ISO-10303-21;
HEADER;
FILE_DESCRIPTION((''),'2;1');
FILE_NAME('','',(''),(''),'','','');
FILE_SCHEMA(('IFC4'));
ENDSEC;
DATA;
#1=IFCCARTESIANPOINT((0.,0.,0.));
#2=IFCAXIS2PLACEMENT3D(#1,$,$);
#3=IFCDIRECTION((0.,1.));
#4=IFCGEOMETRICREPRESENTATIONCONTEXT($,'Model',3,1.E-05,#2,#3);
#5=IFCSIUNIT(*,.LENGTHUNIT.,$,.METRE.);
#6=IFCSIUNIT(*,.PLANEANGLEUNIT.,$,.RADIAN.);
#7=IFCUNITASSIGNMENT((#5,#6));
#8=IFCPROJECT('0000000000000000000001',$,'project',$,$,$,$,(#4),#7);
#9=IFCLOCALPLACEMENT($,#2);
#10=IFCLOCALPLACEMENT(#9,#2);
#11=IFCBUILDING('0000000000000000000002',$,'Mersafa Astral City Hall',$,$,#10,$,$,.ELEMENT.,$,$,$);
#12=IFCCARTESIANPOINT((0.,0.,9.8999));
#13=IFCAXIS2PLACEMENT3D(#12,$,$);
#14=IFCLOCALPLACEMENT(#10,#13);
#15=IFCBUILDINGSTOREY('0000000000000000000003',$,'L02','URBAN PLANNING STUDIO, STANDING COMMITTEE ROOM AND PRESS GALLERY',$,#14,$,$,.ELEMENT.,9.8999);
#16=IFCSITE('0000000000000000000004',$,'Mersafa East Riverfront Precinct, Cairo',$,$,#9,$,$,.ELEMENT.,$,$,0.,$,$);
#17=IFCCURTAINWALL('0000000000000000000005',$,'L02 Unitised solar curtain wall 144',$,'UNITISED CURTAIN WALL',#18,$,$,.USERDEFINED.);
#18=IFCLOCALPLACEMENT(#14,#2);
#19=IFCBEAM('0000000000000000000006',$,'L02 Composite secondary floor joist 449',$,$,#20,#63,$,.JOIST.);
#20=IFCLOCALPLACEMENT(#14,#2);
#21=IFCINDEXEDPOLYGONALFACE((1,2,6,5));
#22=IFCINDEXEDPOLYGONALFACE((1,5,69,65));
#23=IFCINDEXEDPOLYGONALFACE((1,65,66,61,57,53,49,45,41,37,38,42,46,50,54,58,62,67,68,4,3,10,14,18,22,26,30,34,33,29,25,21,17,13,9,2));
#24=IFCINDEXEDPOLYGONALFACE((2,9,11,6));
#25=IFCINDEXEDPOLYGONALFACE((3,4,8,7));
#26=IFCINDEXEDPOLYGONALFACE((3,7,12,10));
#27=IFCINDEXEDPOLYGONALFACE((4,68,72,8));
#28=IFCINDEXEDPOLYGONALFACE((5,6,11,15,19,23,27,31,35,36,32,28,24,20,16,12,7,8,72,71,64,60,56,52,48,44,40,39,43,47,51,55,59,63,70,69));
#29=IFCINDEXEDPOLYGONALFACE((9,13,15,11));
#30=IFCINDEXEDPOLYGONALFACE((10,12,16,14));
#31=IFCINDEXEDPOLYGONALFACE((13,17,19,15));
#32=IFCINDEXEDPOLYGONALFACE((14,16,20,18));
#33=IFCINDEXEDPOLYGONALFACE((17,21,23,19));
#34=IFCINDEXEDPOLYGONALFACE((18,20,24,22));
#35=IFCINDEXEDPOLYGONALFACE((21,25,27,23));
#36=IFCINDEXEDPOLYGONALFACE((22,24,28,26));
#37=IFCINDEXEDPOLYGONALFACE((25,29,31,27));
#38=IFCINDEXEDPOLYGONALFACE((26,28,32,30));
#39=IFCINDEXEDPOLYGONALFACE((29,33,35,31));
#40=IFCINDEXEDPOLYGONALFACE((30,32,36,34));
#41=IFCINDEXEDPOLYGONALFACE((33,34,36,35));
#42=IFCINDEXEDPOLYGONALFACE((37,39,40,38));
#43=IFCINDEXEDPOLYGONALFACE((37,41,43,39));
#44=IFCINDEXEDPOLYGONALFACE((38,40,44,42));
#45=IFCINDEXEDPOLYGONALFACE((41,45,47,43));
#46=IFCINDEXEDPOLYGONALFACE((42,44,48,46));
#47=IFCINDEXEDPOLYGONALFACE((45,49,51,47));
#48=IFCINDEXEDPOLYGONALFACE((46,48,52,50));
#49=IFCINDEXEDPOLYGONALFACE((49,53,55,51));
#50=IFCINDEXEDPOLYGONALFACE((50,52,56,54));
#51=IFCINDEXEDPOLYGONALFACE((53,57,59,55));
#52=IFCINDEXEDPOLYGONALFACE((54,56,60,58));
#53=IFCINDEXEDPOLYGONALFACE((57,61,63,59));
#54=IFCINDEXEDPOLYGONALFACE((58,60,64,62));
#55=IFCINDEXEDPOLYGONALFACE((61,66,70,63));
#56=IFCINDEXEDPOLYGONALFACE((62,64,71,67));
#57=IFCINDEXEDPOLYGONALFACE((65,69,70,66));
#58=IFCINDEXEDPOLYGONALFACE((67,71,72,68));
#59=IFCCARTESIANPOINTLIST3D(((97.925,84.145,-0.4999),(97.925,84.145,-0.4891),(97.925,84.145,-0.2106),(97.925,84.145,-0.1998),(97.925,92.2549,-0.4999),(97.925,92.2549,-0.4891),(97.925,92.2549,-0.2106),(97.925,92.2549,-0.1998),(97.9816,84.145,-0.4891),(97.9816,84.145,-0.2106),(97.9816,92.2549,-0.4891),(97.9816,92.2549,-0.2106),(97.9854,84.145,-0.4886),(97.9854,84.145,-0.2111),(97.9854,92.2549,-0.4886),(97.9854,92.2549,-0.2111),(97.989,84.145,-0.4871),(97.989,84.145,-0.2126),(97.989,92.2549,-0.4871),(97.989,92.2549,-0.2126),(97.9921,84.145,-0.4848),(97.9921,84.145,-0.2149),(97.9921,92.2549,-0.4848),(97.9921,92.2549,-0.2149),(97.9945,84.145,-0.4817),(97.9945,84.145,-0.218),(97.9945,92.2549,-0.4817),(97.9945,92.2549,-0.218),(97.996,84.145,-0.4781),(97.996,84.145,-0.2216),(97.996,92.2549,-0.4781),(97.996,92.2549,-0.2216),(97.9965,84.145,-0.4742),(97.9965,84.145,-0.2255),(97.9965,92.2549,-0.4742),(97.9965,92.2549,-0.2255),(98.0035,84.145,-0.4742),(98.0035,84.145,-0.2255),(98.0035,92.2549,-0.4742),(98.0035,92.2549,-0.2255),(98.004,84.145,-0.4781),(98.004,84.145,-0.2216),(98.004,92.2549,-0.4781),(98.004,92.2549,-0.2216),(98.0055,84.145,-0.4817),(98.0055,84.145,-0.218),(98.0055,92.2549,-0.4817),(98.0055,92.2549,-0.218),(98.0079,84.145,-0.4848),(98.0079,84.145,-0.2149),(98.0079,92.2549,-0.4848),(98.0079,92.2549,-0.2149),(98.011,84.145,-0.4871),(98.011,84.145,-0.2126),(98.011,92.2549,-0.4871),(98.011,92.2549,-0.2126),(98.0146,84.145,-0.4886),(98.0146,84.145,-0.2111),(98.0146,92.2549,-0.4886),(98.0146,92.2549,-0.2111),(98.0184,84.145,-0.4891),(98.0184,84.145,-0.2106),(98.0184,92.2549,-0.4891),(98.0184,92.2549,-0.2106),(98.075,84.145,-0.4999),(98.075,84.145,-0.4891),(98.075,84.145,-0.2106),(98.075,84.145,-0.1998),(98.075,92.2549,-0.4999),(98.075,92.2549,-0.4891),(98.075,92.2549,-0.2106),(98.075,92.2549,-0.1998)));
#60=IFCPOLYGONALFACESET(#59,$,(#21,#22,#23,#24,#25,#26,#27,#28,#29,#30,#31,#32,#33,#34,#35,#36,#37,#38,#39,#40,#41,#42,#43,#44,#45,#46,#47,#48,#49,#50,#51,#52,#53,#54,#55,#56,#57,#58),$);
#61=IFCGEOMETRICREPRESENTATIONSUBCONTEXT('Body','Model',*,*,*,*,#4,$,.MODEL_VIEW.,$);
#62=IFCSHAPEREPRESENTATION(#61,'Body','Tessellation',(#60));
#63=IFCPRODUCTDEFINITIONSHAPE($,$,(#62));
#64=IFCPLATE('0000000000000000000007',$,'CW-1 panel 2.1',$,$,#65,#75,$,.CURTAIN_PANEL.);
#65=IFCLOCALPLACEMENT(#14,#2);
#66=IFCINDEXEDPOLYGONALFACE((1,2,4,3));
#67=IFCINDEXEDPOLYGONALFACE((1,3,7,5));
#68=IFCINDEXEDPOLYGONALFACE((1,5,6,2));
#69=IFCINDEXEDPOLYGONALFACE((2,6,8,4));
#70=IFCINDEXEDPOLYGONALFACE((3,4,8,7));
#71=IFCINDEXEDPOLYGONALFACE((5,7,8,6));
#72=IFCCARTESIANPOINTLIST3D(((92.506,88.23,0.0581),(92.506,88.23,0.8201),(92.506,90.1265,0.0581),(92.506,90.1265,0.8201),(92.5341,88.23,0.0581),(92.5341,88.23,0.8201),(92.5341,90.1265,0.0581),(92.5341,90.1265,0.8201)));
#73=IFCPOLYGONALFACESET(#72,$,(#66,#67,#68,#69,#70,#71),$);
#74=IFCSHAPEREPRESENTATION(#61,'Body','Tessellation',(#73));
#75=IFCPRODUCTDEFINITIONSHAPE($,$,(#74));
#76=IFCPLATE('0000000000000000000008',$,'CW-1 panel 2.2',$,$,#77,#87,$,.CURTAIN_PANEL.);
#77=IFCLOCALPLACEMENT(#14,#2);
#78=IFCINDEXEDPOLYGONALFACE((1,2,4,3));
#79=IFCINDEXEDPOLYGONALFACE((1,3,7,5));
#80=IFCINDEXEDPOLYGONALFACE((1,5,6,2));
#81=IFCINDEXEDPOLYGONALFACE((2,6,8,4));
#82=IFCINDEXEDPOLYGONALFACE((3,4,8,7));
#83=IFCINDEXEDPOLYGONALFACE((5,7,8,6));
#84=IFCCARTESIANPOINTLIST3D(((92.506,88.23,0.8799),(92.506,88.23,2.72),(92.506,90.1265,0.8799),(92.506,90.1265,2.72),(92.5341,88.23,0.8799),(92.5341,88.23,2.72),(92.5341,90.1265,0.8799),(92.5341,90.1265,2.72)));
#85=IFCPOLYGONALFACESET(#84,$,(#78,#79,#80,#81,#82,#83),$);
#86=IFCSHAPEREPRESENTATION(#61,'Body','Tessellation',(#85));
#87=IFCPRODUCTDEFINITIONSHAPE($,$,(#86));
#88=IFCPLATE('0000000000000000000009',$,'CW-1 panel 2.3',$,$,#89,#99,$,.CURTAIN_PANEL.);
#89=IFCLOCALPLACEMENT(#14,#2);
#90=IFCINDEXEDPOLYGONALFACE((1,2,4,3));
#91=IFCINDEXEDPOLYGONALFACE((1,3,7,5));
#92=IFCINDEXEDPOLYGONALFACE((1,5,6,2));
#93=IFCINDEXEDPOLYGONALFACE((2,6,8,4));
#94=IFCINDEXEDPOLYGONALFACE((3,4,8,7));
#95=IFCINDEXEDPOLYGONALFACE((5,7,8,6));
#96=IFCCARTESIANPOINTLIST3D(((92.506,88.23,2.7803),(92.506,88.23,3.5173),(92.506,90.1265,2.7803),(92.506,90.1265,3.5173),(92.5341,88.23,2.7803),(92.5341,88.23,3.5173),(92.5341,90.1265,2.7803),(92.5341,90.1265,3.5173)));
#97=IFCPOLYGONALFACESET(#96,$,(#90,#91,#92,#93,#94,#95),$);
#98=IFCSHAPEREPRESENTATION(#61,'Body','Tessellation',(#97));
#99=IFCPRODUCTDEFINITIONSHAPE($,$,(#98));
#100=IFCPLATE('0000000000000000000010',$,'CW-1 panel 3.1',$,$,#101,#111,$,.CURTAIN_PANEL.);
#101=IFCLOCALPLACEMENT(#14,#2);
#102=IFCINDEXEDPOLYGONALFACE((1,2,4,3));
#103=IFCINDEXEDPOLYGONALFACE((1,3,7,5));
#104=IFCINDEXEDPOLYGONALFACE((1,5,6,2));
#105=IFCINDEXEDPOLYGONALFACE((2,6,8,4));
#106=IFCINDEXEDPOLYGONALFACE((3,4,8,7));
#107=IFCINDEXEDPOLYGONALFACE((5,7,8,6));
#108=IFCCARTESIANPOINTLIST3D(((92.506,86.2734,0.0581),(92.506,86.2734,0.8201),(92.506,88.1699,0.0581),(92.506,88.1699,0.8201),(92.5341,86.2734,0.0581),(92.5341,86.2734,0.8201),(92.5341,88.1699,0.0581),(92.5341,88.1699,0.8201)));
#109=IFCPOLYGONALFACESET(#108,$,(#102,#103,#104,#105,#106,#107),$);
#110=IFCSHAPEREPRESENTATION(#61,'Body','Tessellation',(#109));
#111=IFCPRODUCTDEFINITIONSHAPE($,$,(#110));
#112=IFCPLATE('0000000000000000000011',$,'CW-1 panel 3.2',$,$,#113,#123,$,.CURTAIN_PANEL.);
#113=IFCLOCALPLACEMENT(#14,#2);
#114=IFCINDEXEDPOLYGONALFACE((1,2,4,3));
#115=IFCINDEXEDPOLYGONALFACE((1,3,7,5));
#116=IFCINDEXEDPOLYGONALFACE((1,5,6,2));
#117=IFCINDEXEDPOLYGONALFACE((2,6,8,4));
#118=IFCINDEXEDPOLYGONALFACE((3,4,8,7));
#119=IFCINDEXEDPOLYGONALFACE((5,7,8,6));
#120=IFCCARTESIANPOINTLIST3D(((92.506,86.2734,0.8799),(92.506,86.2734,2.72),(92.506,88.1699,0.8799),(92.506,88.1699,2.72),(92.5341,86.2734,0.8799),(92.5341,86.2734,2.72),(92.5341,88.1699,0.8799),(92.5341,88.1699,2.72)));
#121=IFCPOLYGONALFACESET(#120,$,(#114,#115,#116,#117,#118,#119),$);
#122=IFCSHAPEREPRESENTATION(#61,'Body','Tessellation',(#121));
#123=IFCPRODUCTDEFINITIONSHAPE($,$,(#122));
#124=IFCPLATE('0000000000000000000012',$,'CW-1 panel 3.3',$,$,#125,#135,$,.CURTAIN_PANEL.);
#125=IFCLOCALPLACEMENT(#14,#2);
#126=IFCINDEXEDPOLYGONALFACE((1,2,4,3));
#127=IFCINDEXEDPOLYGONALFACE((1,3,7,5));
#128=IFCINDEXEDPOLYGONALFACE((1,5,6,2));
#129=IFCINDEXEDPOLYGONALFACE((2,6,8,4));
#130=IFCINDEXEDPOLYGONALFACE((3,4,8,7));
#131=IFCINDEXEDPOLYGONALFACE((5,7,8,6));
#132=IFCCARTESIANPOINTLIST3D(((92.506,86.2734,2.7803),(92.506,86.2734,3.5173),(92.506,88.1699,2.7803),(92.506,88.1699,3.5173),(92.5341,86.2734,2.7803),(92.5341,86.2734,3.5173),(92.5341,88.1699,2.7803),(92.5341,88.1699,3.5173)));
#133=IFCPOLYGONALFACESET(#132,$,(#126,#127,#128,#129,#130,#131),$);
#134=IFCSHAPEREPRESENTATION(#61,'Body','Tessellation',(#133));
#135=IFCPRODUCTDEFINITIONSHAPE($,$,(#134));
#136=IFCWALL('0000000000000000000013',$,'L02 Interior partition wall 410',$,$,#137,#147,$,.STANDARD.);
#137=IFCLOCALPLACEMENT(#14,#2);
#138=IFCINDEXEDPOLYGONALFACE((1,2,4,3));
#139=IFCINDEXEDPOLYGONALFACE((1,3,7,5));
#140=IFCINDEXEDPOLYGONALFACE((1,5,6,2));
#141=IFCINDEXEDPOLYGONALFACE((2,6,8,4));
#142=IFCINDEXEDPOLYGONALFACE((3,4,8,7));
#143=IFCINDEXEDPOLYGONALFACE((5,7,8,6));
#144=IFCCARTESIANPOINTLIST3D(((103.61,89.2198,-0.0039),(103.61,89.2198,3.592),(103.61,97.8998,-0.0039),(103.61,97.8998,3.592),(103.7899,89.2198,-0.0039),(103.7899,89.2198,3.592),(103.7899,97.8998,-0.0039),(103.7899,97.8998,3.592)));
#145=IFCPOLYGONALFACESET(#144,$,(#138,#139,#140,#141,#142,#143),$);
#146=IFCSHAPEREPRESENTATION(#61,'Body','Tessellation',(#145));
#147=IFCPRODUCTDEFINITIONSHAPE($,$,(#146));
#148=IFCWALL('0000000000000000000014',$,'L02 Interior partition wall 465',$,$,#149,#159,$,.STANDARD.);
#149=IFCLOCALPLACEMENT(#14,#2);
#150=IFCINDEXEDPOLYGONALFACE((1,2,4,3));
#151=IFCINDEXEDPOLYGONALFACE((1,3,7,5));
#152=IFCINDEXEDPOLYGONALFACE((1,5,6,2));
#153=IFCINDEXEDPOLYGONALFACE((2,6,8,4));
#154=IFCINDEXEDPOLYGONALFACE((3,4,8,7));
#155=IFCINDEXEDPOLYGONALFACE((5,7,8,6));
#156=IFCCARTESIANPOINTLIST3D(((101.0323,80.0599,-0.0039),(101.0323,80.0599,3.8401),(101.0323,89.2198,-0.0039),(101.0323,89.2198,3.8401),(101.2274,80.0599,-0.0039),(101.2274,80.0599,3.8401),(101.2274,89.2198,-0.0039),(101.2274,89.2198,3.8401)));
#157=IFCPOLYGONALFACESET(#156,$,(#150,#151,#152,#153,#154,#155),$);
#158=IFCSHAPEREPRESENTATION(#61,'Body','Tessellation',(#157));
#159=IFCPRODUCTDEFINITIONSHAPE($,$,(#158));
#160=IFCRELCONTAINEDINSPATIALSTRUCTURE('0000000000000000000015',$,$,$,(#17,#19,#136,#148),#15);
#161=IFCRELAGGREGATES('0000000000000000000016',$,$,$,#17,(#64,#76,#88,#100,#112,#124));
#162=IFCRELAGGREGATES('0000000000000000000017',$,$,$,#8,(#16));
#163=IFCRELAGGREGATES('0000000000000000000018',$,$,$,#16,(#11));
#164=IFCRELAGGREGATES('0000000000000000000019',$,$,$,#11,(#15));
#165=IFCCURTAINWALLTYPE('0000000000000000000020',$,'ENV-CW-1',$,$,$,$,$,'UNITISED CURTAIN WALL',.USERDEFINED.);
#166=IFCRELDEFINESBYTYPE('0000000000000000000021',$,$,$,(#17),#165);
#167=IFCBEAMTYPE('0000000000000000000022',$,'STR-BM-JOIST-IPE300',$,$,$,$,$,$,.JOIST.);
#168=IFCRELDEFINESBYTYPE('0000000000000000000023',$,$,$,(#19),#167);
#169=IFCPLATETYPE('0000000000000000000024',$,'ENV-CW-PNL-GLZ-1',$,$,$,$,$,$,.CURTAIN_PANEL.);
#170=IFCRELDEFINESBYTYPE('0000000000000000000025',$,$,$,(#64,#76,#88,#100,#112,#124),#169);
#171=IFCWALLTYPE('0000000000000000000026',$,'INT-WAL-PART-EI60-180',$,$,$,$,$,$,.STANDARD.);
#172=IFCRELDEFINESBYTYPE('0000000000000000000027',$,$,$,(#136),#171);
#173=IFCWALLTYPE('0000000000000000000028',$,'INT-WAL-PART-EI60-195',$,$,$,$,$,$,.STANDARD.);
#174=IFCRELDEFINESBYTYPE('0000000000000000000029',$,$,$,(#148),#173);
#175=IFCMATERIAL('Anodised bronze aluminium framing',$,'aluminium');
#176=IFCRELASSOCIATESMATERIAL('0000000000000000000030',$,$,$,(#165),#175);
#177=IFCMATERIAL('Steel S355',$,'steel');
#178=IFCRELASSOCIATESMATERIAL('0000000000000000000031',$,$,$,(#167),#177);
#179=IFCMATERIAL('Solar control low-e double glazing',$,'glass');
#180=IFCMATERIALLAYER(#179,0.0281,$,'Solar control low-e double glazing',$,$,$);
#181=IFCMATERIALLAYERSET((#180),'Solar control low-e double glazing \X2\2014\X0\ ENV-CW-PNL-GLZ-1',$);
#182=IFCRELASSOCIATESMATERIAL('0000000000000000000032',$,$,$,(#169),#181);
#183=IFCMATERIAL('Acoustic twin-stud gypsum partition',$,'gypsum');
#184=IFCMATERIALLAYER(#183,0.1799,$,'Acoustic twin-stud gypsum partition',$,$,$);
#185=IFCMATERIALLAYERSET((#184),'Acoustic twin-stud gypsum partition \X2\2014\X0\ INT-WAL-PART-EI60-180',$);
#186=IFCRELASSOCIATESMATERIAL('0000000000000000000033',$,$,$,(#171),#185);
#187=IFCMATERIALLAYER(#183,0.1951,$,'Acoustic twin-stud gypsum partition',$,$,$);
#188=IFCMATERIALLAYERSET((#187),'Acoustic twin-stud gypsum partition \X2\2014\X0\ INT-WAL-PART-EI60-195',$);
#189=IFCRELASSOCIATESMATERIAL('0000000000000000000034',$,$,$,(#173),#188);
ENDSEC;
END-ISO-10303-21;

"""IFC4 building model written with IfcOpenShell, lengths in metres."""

from ifc_helpers import new_model, si_unit, direction, frame, frame_2d, origin, origin_2d, place, context, subcontext, project, spatial, rectangle, i_section, extrude, material, layer, layer_set, material_profile, profile_set, type_object, element, aggregate, save


model = new_model("IFC4")

# Units and contexts
model_context = context("Model", 3, precision=1e-05, world=origin(), true_north=direction((0.0, 1.0)))
body_context = subcontext(model_context, "Body", "Model", "MODEL_VIEW")
ifc_project = project(units=[si_unit("LENGTHUNIT", "METRE"), si_unit("PLANEANGLEUNIT", "RADIAN")], contexts=[model_context])

# Site, building, storey
site_placement = place(None, origin())
site = spatial("IfcSite", under=ifc_project, at=site_placement, Name="Mersafa East Riverfront Precinct, Cairo", CompositionType="ELEMENT", RefElevation=0.0)
building_placement = place(site_placement, origin())
building = spatial("IfcBuilding", under=site, at=building_placement, Name="Mersafa Astral City Hall", CompositionType="ELEMENT")
storey_placement = place(building_placement, frame((0.0, 0.0, 9.8999)))
storey = spatial("IfcBuildingStorey", under=building, at=storey_placement, Name="L02", Description="URBAN PLANNING STUDIO, STANDING COMMITTEE ROOM AND PRESS GALLERY", CompositionType="ELEMENT", Elevation=9.8999)

# Curtain wall
ifc_material_1 = material(Name="Anodised bronze aluminium framing", Category="aluminium")
curtain_wall_type = type_object("IfcCurtainWallType", Name="ENV-CW-1", ElementType="UNITISED CURTAIN WALL", PredefinedType="USERDEFINED", material=ifc_material_1)
curtain_wall_placement = place(storey_placement, origin())
curtain_wall = element("IfcCurtainWall", 1, at=curtain_wall_placement, inside=storey, type_object=curtain_wall_type, Name="L02 Unitised solar curtain wall 144", ObjectType="UNITISED CURTAIN WALL", PredefinedType="USERDEFINED")

# Beam
ifc_material_2 = material(Name="Steel S355", Category="steel")
ifc_material_profile_1 = material_profile(ifc_material_2, i_section(OverallWidth=0.1499, OverallDepth=0.3, WebThickness=0.0071, FlangeThickness=0.0107, FilletRadius=0.0149, at=origin_2d()), Name="IPE 300")
ifc_profile_set_1 = profile_set([ifc_material_profile_1], Name="Steel S355")
beam_type_1 = type_object("IfcBeamType", Name="STR-BM-JOIST-IPE300", PredefinedType="JOIST", material=ifc_profile_set_1)
for number, where, z_axis, x_axis, name in (
    (2, (98.0, 84.145, -0.3499), (0.0, 1.0, 0.0), (-1.0, 0.0, 0.0), "L02 Composite secondary floor joist 449"),
):
    element("IfcBeam", number, at=place(storey_placement, frame(where, z_axis=z_axis, x_axis=x_axis)), inside=storey, type_object=beam_type_1, Name=name, PredefinedType="JOIST", context=body_context, shape_type="SweptSolid", body=[
        extrude(i_section(OverallWidth=0.1499, OverallDepth=0.3, WebThickness=0.0071, FlangeThickness=0.0107, FilletRadius=0.0149, at=origin_2d()), origin(), (0.0, 0.0, 1.0), 8.1099),
    ])

# Plates
ifc_material_3 = material(Name="Solar control low-e double glazing", Category="glass")
ifc_layer_1 = layer(ifc_material_3, 0.0281, Name="Solar control low-e double glazing")
ifc_layer_set_1 = layer_set([ifc_layer_1], Name="Solar control low-e double glazing — ENV-CW-PNL-GLZ-1")
plate_type = type_object("IfcPlateType", Name="ENV-CW-PNL-GLZ-1", PredefinedType="CURTAIN_PANEL", material=ifc_layer_set_1)
plate_1_placement = place(storey_placement, frame((92.52, 89.1782, 0.0581), z_axis=(0.0, 0.0, 1.0), x_axis=(0.0, -1.0, 0.0)))
plate_1 = element("IfcPlate", 3, at=plate_1_placement, type_object=plate_type, Name="CW-1 panel 2.1", PredefinedType="CURTAIN_PANEL", context=body_context, shape_type="SweptSolid", body=[
    extrude(rectangle(XDim=1.8965, YDim=0.0281, at=origin_2d()), origin(), (0.0, 0.0, 1.0), 0.762),
])
plate_2_placement = place(storey_placement, frame((92.52, 89.1782, 0.8799), z_axis=(0.0, 0.0, 1.0), x_axis=(0.0, -1.0, 0.0)))
plate_2 = element("IfcPlate", 4, at=plate_2_placement, type_object=plate_type, Name="CW-1 panel 2.2", PredefinedType="CURTAIN_PANEL", context=body_context, shape_type="SweptSolid", body=[
    extrude(rectangle(XDim=1.8965, YDim=0.0281, at=origin_2d()), origin(), (0.0, 0.0, 1.0), 1.8401),
])
plate_3_placement = place(storey_placement, frame((92.52, 89.1782, 2.7803), z_axis=(0.0, 0.0, 1.0), x_axis=(0.0, -1.0, 0.0)))
plate_3 = element("IfcPlate", 5, at=plate_3_placement, type_object=plate_type, Name="CW-1 panel 2.3", PredefinedType="CURTAIN_PANEL", context=body_context, shape_type="SweptSolid", body=[
    extrude(rectangle(XDim=1.8965, YDim=0.0281, at=origin_2d()), origin(), (0.0, 0.0, 1.0), 0.7371),
])
plate_4_placement = place(storey_placement, frame((92.52, 87.2217, 0.0581), z_axis=(0.0, 0.0, 1.0), x_axis=(0.0, -1.0, 0.0)))
plate_4 = element("IfcPlate", 6, at=plate_4_placement, type_object=plate_type, Name="CW-1 panel 3.1", PredefinedType="CURTAIN_PANEL", context=body_context, shape_type="SweptSolid", body=[
    extrude(rectangle(XDim=1.8965, YDim=0.0281, at=origin_2d()), origin(), (0.0, 0.0, 1.0), 0.762),
])
plate_5_placement = place(storey_placement, frame((92.52, 87.2217, 0.8799), z_axis=(0.0, 0.0, 1.0), x_axis=(0.0, -1.0, 0.0)))
plate_5 = element("IfcPlate", 7, at=plate_5_placement, type_object=plate_type, Name="CW-1 panel 3.2", PredefinedType="CURTAIN_PANEL", context=body_context, shape_type="SweptSolid", body=[
    extrude(rectangle(XDim=1.8965, YDim=0.0281, at=origin_2d()), origin(), (0.0, 0.0, 1.0), 1.8401),
])
plate_6_placement = place(storey_placement, frame((92.52, 87.2217, 2.7803), z_axis=(0.0, 0.0, 1.0), x_axis=(0.0, -1.0, 0.0)))
plate_6 = element("IfcPlate", 8, at=plate_6_placement, type_object=plate_type, Name="CW-1 panel 3.3", PredefinedType="CURTAIN_PANEL", context=body_context, shape_type="SweptSolid", body=[
    extrude(rectangle(XDim=1.8965, YDim=0.0281, at=origin_2d()), origin(), (0.0, 0.0, 1.0), 0.7371),
])
aggregate(curtain_wall, [plate_1, plate_2, plate_3, plate_4, plate_5, plate_6])

# Walls
ifc_material_4 = material(Name="Acoustic twin-stud gypsum partition", Category="gypsum")
ifc_layer_2 = layer(ifc_material_4, 0.1799, Name="Acoustic twin-stud gypsum partition")
ifc_layer_set_2 = layer_set([ifc_layer_2], Name="Acoustic twin-stud gypsum partition — INT-WAL-PART-EI60-180")
wall_type_1 = type_object("IfcWallType", Name="INT-WAL-PART-EI60-180", PredefinedType="STANDARD", material=ifc_layer_set_2)
wall_1_placement = place(storey_placement, frame((103.7, 89.22, -0.0039), z_axis=(0.0, 0.0, 1.0), x_axis=(0.0, 1.0, 0.0)))
element("IfcWall", 9, at=wall_1_placement, inside=storey, type_object=wall_type_1, Name="L02 Interior partition wall 410", PredefinedType="STANDARD", context=body_context, shape_type="SweptSolid", body=[
    extrude(rectangle(XDim=8.6799, YDim=0.1799, at=frame_2d((4.3398, 0.0))), origin(), (0.0, 0.0, 1.0), 3.5959),
])
ifc_layer_3 = layer(ifc_material_4, 0.1951, Name="Acoustic twin-stud gypsum partition")
ifc_layer_set_3 = layer_set([ifc_layer_3], Name="Acoustic twin-stud gypsum partition — INT-WAL-PART-EI60-195")
wall_type_2 = type_object("IfcWallType", Name="INT-WAL-PART-EI60-195", PredefinedType="STANDARD", material=ifc_layer_set_3)
wall_2_placement = place(storey_placement, frame((101.1299, 89.22, -0.0039), z_axis=(0.0, 0.0, 1.0), x_axis=(0.0, -1.0, 0.0)))
element("IfcWall", 10, at=wall_2_placement, inside=storey, type_object=wall_type_2, Name="L02 Interior partition wall 465", PredefinedType="STANDARD", context=body_context, shape_type="SweptSolid", body=[
    extrude(rectangle(XDim=9.1599, YDim=0.1951, at=frame_2d((4.5801, 0.0))), origin(), (0.0, 0.0, 1.0), 3.844),
])

save(model, "model.ifc")
